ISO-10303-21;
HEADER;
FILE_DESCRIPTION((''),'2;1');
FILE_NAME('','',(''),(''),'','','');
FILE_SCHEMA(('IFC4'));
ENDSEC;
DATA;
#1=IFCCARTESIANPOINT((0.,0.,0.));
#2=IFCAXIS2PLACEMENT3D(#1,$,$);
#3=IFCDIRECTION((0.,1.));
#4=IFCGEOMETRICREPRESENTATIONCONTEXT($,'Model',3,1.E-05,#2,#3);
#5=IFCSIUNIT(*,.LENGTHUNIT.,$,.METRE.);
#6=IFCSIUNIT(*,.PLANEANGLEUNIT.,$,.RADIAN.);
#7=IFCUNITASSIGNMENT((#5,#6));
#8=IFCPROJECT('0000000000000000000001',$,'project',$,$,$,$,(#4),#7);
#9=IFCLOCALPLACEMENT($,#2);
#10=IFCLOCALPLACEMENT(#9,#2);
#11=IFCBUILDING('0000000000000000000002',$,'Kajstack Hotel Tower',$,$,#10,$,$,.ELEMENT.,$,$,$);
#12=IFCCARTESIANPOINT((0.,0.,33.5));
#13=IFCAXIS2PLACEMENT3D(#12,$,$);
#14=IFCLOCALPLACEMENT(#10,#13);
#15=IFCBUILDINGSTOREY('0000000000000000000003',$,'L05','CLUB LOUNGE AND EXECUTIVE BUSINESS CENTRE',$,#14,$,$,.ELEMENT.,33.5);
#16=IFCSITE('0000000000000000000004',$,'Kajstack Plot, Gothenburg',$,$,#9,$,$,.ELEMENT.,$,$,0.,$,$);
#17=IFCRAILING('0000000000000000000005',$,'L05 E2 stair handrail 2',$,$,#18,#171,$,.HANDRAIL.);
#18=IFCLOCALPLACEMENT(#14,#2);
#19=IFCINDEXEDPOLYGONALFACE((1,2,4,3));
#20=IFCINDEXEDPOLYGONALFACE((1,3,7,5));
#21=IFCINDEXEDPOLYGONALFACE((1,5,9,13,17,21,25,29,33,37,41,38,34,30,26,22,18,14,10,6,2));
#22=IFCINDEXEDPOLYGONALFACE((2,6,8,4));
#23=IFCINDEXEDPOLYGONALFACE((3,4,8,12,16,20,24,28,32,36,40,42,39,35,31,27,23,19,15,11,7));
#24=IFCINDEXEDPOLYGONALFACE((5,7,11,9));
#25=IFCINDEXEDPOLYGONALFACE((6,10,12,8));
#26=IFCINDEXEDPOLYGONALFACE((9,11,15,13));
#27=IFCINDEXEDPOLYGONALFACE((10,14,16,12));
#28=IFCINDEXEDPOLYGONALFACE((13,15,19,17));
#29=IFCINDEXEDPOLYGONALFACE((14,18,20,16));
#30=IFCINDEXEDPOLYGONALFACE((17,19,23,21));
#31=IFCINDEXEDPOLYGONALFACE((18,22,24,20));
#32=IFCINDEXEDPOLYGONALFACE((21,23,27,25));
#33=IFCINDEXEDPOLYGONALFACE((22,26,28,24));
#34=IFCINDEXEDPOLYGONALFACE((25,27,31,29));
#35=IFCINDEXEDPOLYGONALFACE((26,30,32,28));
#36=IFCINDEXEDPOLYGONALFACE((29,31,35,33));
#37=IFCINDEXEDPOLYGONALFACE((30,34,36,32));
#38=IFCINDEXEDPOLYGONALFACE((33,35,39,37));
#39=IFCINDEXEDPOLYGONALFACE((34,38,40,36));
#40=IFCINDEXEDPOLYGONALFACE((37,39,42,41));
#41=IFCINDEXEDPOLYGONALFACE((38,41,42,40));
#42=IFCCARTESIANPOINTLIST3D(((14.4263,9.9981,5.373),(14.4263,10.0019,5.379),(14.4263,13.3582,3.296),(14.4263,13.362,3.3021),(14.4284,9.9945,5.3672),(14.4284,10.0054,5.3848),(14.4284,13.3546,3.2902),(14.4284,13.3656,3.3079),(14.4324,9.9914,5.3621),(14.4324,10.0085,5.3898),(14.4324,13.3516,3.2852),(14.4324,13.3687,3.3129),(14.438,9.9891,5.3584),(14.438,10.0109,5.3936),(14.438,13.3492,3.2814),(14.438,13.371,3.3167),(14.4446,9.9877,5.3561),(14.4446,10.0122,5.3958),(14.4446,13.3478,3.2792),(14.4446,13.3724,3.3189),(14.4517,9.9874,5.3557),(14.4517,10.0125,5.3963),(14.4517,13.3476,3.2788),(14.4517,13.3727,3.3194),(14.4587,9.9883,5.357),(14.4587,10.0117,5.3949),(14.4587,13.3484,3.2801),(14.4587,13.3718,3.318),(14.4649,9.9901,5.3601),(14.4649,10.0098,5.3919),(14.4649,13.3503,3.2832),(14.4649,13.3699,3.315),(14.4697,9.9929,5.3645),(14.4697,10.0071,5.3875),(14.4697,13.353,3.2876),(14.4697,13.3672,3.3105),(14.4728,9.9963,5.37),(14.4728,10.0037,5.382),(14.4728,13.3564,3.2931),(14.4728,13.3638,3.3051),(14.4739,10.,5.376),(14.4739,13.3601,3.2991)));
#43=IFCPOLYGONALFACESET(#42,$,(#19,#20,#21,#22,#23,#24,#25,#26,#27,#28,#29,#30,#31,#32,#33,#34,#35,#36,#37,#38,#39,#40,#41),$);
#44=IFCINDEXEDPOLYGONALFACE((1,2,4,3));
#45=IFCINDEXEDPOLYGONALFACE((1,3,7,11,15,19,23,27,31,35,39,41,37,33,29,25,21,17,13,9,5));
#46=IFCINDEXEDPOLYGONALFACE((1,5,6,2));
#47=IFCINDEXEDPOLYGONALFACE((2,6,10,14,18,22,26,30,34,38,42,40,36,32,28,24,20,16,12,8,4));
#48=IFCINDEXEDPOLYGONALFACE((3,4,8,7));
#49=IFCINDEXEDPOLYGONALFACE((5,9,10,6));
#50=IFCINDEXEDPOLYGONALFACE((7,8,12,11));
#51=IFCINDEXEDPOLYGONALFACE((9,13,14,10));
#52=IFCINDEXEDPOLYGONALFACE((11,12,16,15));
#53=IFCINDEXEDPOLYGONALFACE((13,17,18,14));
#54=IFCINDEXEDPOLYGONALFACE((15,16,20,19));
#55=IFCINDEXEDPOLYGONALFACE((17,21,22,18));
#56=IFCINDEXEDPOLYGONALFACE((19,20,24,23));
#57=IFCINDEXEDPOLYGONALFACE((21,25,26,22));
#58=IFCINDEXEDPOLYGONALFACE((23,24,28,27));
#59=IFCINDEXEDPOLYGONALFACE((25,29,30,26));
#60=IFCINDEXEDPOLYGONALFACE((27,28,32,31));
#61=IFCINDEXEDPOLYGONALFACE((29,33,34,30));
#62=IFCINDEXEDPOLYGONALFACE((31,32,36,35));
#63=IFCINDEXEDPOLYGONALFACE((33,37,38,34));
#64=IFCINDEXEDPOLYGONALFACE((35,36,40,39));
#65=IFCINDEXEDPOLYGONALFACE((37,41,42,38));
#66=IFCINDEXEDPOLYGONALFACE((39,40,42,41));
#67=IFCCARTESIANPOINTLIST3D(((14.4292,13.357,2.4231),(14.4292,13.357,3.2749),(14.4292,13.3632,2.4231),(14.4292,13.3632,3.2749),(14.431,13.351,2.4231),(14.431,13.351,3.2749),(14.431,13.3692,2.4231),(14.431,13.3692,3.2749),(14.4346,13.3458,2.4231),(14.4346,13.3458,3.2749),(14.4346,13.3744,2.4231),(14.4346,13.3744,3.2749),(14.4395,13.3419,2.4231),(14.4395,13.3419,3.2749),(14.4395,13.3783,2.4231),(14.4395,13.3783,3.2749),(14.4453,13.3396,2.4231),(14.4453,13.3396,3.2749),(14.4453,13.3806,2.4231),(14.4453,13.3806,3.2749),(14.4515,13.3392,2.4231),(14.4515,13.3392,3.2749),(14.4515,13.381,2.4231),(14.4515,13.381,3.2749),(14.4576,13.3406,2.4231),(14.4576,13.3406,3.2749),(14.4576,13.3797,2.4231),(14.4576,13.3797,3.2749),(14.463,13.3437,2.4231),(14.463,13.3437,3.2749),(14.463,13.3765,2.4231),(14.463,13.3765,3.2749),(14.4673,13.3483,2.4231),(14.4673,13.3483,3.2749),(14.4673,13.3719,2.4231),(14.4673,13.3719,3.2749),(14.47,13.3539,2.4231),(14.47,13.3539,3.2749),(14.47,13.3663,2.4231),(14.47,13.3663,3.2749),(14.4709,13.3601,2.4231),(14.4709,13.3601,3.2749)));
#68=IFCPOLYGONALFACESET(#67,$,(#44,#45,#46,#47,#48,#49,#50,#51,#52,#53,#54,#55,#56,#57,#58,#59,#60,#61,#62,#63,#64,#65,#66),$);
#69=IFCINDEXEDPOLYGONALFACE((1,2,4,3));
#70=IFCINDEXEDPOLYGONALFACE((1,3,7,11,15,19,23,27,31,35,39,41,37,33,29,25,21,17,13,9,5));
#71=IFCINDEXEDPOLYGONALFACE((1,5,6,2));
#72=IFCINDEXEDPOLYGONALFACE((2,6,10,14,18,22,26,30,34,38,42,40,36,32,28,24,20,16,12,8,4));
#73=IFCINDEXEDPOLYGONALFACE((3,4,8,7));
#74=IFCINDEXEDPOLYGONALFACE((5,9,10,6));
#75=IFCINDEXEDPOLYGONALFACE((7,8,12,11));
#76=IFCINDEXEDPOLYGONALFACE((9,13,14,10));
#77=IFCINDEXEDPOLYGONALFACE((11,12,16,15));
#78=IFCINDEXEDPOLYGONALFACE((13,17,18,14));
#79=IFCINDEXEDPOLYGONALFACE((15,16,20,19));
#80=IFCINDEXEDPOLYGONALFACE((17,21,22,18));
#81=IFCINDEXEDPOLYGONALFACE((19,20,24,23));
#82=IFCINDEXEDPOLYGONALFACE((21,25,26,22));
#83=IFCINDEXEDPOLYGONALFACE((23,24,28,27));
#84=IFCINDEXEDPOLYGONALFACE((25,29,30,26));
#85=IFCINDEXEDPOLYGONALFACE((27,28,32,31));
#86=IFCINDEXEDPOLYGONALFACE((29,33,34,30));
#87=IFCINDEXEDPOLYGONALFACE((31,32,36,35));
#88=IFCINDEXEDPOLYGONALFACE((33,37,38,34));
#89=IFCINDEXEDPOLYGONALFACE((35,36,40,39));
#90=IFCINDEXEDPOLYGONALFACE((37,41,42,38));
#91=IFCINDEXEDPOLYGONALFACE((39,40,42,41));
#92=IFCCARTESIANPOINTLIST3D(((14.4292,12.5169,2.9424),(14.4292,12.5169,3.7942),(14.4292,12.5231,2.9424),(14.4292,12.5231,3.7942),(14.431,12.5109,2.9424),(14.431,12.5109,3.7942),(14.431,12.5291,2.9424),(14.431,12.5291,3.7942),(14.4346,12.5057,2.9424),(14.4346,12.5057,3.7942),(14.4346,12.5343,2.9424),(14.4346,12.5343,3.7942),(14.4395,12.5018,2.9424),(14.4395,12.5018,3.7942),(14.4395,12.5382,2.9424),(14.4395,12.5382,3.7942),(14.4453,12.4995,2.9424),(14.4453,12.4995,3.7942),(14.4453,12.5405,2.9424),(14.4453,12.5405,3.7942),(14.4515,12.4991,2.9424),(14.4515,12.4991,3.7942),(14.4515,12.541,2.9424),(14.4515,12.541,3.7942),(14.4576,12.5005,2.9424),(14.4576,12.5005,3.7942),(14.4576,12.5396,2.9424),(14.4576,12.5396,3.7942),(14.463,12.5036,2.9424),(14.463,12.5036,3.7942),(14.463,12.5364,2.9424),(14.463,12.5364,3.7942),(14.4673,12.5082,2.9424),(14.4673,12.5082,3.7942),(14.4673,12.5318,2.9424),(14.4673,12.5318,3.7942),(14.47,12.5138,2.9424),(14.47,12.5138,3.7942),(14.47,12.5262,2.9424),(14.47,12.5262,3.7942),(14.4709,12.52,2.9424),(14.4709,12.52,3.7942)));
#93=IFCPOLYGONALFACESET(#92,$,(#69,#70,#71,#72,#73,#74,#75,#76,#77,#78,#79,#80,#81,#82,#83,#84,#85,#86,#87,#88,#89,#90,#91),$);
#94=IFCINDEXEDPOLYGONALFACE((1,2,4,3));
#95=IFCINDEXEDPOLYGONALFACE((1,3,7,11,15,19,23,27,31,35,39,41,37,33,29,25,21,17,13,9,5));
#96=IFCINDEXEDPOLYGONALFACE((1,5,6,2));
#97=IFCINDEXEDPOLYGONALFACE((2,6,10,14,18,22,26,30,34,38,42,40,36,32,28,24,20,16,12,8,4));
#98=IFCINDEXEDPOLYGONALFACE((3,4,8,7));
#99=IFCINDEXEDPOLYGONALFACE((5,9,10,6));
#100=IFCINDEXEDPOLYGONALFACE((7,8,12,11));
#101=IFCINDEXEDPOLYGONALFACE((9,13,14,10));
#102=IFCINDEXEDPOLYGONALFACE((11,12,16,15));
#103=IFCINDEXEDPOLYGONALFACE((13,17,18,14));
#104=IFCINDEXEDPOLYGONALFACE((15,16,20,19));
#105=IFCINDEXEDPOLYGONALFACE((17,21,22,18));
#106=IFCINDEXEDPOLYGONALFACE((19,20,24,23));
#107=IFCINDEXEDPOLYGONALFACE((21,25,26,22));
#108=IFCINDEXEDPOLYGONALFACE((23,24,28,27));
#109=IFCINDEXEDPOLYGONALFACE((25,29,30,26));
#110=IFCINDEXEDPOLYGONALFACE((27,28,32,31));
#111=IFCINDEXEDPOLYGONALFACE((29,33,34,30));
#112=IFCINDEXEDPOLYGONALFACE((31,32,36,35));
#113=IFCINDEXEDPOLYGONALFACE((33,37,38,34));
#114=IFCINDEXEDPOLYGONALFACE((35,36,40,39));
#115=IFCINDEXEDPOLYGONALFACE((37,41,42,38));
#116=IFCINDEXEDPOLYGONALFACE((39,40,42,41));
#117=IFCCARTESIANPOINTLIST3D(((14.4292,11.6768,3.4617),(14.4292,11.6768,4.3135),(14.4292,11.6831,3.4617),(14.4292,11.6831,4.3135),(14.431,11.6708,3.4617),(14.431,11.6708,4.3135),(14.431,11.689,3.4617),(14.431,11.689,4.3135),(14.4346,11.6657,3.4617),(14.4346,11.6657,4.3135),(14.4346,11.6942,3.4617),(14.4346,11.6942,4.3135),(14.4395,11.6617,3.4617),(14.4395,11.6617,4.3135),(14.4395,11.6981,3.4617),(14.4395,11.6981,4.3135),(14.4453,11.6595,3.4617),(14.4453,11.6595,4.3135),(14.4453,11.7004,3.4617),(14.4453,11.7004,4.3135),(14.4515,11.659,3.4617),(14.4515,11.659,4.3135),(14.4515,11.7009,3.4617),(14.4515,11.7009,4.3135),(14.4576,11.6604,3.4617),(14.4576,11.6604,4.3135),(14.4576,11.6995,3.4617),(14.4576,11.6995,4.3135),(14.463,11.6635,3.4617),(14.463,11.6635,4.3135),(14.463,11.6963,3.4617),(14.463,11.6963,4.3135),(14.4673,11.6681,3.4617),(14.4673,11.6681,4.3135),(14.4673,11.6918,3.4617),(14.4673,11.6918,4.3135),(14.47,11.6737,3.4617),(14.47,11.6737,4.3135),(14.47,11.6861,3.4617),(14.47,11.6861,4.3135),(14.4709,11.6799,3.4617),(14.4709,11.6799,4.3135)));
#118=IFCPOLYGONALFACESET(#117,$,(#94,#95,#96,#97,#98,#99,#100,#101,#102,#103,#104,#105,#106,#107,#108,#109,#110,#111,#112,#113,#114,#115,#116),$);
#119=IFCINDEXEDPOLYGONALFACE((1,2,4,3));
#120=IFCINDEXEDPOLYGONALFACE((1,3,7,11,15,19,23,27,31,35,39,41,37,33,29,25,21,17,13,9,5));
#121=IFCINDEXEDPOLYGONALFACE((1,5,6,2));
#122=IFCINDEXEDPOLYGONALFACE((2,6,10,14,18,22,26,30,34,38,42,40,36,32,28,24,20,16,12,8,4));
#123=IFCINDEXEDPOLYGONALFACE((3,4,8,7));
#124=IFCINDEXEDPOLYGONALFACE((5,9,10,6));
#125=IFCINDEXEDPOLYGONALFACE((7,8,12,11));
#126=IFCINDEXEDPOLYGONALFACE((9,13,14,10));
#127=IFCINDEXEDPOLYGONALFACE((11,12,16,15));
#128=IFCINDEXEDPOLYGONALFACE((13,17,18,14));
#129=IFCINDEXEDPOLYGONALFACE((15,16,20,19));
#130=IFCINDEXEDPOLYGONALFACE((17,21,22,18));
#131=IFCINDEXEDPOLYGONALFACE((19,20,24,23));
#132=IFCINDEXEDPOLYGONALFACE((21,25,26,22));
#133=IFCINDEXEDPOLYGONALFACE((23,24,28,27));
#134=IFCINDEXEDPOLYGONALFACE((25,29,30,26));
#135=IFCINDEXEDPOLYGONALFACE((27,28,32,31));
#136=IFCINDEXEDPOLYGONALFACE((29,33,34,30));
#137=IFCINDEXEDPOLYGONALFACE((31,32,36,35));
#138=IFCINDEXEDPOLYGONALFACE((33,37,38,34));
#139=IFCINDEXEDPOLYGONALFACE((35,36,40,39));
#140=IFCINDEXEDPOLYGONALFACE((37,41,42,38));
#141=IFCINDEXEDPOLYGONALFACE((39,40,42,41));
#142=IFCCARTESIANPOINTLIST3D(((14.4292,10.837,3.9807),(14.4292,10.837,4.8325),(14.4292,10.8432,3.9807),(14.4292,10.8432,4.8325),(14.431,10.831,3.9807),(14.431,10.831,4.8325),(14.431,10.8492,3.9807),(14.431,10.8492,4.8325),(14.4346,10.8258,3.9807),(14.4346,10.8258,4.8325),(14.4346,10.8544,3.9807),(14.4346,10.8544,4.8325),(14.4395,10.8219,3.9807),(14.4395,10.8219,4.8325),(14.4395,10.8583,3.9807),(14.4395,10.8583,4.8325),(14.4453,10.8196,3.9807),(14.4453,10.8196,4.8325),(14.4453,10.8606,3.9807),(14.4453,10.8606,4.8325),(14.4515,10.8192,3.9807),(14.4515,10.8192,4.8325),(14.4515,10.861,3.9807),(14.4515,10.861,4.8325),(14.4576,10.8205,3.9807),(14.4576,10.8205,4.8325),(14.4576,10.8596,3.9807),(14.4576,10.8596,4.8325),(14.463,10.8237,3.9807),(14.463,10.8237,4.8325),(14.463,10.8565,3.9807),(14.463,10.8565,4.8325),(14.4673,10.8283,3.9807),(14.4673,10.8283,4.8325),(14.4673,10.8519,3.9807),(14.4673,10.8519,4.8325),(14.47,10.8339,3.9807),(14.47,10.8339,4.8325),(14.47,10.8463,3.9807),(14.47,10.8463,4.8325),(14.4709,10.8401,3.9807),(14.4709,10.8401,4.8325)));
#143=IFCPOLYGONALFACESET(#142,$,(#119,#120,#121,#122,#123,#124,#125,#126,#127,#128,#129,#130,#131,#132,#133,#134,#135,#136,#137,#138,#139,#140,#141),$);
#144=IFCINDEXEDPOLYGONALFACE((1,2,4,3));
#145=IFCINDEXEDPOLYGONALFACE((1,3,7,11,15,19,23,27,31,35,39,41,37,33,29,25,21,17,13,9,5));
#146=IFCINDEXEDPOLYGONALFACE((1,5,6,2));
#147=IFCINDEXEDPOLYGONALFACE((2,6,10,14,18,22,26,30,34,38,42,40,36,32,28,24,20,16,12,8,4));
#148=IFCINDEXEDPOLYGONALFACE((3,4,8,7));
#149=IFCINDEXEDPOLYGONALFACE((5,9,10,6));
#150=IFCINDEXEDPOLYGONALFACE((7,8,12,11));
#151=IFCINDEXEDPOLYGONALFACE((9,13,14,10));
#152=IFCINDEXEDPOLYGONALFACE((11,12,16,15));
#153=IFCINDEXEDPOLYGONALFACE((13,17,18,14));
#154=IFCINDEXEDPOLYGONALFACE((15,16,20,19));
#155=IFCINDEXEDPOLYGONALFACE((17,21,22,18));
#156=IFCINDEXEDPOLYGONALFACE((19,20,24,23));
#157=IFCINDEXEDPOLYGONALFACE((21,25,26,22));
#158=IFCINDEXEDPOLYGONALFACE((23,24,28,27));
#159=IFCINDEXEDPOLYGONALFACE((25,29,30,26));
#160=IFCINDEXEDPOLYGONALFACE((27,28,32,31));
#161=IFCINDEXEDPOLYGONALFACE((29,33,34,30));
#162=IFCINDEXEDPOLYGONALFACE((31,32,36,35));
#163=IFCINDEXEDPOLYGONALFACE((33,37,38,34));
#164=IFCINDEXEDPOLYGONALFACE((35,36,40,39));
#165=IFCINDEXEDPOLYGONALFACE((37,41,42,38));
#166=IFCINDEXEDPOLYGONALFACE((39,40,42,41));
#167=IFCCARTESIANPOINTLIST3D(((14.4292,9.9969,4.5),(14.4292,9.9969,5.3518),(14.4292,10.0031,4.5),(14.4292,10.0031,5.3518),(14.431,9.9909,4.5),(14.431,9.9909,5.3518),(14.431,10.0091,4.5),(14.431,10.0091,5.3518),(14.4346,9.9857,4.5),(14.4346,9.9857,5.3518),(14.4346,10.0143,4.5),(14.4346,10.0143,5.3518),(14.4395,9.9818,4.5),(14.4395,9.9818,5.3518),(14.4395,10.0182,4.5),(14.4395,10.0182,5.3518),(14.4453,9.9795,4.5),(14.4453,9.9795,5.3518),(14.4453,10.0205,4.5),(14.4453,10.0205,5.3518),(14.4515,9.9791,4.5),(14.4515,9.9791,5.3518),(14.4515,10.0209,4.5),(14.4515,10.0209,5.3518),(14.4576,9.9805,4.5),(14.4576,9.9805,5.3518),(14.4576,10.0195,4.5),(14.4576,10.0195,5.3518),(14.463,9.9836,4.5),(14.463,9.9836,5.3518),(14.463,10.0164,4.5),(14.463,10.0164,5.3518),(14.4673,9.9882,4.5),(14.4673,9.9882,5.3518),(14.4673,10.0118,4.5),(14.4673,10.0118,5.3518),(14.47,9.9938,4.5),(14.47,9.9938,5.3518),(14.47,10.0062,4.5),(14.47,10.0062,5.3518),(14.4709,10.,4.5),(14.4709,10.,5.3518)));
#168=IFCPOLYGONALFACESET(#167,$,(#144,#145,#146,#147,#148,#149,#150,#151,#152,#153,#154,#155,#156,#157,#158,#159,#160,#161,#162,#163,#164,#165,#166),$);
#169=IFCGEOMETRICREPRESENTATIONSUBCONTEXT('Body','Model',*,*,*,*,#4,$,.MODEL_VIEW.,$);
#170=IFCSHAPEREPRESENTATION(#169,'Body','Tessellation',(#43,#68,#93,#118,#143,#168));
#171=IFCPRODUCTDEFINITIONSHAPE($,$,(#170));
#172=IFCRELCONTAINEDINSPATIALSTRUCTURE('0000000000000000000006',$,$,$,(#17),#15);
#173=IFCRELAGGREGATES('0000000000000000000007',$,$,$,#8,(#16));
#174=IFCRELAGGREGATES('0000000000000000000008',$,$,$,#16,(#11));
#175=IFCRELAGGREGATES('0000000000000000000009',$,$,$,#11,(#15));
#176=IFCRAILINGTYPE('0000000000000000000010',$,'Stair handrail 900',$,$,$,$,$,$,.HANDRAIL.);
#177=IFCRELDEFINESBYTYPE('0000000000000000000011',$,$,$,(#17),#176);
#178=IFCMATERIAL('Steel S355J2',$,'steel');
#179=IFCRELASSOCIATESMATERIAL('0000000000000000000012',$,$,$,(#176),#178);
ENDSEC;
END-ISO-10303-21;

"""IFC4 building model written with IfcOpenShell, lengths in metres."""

from ifc_helpers import new_model, si_unit, direction, frame, origin, origin_2d, place, context, subcontext, project, spatial, circle, extrude, material, type_object, element, save


model = new_model("IFC4")

# Units and contexts
model_context = context("Model", 3, precision=1e-05, world=origin(), true_north=direction((0.0, 1.0)))
body_context = subcontext(model_context, "Body", "Model", "MODEL_VIEW")
ifc_project = project(units=[si_unit("LENGTHUNIT", "METRE"), si_unit("PLANEANGLEUNIT", "RADIAN")], contexts=[model_context])

# Site, building, storey
site_placement = place(None, origin())
site = spatial("IfcSite", under=ifc_project, at=site_placement, Name="Kajstack Plot, Gothenburg", CompositionType="ELEMENT", RefElevation=0.0)
building_placement = place(site_placement, origin())
building = spatial("IfcBuilding", under=site, at=building_placement, Name="Kajstack Hotel Tower", CompositionType="ELEMENT")
storey_placement = place(building_placement, frame((0.0, 0.0, 33.5)))
storey = spatial("IfcBuildingStorey", under=building, at=storey_placement, Name="L05", Description="CLUB LOUNGE AND EXECUTIVE BUSINESS CENTRE", CompositionType="ELEMENT", Elevation=33.5)

# Railing
ifc_material_1 = material(Name="Steel S355J2", Category="steel")
railing_type = type_object("IfcRailingType", Name="Stair handrail 900", PredefinedType="HANDRAIL", material=ifc_material_1)
railing_placement = place(storey_placement, frame((14.45, 13.3601, 2.4231)))
element("IfcRailing", 1, at=railing_placement, inside=storey, type_object=railing_type, Name="L05 E2 stair handrail 2", PredefinedType="HANDRAIL", context=body_context, shape_type="SweptSolid", body=[
    extrude(circle(Radius=0.0239, at=origin_2d()), frame((0.0, 0.0, 0.876), z_axis=(0.0, -0.850623, 0.525776), x_axis=(1.0, 0.0, 0.0)), (0.0, 0.0, 1.0), 3.9502),
    extrude(circle(Radius=0.021, at=origin_2d()), origin(), (0.0, 0.0, 1.0), 0.8518),
    extrude(circle(Radius=0.021, at=origin_2d()), frame((0.0, -0.8401, 0.5193)), (0.0, 0.0, 1.0), 0.8518),
    extrude(circle(Radius=0.021, at=origin_2d()), frame((0.0, -1.6802, 1.0386)), (0.0, 0.0, 1.0), 0.8518),
    extrude(circle(Radius=0.021, at=origin_2d()), frame((0.0, -2.52, 1.5576)), (0.0, 0.0, 1.0), 0.8518),
    extrude(circle(Radius=0.021, at=origin_2d()), frame((0.0, -3.3601, 2.0769)), (0.0, 0.0, 1.0), 0.8518),
])

save(model, "model.ifc")
